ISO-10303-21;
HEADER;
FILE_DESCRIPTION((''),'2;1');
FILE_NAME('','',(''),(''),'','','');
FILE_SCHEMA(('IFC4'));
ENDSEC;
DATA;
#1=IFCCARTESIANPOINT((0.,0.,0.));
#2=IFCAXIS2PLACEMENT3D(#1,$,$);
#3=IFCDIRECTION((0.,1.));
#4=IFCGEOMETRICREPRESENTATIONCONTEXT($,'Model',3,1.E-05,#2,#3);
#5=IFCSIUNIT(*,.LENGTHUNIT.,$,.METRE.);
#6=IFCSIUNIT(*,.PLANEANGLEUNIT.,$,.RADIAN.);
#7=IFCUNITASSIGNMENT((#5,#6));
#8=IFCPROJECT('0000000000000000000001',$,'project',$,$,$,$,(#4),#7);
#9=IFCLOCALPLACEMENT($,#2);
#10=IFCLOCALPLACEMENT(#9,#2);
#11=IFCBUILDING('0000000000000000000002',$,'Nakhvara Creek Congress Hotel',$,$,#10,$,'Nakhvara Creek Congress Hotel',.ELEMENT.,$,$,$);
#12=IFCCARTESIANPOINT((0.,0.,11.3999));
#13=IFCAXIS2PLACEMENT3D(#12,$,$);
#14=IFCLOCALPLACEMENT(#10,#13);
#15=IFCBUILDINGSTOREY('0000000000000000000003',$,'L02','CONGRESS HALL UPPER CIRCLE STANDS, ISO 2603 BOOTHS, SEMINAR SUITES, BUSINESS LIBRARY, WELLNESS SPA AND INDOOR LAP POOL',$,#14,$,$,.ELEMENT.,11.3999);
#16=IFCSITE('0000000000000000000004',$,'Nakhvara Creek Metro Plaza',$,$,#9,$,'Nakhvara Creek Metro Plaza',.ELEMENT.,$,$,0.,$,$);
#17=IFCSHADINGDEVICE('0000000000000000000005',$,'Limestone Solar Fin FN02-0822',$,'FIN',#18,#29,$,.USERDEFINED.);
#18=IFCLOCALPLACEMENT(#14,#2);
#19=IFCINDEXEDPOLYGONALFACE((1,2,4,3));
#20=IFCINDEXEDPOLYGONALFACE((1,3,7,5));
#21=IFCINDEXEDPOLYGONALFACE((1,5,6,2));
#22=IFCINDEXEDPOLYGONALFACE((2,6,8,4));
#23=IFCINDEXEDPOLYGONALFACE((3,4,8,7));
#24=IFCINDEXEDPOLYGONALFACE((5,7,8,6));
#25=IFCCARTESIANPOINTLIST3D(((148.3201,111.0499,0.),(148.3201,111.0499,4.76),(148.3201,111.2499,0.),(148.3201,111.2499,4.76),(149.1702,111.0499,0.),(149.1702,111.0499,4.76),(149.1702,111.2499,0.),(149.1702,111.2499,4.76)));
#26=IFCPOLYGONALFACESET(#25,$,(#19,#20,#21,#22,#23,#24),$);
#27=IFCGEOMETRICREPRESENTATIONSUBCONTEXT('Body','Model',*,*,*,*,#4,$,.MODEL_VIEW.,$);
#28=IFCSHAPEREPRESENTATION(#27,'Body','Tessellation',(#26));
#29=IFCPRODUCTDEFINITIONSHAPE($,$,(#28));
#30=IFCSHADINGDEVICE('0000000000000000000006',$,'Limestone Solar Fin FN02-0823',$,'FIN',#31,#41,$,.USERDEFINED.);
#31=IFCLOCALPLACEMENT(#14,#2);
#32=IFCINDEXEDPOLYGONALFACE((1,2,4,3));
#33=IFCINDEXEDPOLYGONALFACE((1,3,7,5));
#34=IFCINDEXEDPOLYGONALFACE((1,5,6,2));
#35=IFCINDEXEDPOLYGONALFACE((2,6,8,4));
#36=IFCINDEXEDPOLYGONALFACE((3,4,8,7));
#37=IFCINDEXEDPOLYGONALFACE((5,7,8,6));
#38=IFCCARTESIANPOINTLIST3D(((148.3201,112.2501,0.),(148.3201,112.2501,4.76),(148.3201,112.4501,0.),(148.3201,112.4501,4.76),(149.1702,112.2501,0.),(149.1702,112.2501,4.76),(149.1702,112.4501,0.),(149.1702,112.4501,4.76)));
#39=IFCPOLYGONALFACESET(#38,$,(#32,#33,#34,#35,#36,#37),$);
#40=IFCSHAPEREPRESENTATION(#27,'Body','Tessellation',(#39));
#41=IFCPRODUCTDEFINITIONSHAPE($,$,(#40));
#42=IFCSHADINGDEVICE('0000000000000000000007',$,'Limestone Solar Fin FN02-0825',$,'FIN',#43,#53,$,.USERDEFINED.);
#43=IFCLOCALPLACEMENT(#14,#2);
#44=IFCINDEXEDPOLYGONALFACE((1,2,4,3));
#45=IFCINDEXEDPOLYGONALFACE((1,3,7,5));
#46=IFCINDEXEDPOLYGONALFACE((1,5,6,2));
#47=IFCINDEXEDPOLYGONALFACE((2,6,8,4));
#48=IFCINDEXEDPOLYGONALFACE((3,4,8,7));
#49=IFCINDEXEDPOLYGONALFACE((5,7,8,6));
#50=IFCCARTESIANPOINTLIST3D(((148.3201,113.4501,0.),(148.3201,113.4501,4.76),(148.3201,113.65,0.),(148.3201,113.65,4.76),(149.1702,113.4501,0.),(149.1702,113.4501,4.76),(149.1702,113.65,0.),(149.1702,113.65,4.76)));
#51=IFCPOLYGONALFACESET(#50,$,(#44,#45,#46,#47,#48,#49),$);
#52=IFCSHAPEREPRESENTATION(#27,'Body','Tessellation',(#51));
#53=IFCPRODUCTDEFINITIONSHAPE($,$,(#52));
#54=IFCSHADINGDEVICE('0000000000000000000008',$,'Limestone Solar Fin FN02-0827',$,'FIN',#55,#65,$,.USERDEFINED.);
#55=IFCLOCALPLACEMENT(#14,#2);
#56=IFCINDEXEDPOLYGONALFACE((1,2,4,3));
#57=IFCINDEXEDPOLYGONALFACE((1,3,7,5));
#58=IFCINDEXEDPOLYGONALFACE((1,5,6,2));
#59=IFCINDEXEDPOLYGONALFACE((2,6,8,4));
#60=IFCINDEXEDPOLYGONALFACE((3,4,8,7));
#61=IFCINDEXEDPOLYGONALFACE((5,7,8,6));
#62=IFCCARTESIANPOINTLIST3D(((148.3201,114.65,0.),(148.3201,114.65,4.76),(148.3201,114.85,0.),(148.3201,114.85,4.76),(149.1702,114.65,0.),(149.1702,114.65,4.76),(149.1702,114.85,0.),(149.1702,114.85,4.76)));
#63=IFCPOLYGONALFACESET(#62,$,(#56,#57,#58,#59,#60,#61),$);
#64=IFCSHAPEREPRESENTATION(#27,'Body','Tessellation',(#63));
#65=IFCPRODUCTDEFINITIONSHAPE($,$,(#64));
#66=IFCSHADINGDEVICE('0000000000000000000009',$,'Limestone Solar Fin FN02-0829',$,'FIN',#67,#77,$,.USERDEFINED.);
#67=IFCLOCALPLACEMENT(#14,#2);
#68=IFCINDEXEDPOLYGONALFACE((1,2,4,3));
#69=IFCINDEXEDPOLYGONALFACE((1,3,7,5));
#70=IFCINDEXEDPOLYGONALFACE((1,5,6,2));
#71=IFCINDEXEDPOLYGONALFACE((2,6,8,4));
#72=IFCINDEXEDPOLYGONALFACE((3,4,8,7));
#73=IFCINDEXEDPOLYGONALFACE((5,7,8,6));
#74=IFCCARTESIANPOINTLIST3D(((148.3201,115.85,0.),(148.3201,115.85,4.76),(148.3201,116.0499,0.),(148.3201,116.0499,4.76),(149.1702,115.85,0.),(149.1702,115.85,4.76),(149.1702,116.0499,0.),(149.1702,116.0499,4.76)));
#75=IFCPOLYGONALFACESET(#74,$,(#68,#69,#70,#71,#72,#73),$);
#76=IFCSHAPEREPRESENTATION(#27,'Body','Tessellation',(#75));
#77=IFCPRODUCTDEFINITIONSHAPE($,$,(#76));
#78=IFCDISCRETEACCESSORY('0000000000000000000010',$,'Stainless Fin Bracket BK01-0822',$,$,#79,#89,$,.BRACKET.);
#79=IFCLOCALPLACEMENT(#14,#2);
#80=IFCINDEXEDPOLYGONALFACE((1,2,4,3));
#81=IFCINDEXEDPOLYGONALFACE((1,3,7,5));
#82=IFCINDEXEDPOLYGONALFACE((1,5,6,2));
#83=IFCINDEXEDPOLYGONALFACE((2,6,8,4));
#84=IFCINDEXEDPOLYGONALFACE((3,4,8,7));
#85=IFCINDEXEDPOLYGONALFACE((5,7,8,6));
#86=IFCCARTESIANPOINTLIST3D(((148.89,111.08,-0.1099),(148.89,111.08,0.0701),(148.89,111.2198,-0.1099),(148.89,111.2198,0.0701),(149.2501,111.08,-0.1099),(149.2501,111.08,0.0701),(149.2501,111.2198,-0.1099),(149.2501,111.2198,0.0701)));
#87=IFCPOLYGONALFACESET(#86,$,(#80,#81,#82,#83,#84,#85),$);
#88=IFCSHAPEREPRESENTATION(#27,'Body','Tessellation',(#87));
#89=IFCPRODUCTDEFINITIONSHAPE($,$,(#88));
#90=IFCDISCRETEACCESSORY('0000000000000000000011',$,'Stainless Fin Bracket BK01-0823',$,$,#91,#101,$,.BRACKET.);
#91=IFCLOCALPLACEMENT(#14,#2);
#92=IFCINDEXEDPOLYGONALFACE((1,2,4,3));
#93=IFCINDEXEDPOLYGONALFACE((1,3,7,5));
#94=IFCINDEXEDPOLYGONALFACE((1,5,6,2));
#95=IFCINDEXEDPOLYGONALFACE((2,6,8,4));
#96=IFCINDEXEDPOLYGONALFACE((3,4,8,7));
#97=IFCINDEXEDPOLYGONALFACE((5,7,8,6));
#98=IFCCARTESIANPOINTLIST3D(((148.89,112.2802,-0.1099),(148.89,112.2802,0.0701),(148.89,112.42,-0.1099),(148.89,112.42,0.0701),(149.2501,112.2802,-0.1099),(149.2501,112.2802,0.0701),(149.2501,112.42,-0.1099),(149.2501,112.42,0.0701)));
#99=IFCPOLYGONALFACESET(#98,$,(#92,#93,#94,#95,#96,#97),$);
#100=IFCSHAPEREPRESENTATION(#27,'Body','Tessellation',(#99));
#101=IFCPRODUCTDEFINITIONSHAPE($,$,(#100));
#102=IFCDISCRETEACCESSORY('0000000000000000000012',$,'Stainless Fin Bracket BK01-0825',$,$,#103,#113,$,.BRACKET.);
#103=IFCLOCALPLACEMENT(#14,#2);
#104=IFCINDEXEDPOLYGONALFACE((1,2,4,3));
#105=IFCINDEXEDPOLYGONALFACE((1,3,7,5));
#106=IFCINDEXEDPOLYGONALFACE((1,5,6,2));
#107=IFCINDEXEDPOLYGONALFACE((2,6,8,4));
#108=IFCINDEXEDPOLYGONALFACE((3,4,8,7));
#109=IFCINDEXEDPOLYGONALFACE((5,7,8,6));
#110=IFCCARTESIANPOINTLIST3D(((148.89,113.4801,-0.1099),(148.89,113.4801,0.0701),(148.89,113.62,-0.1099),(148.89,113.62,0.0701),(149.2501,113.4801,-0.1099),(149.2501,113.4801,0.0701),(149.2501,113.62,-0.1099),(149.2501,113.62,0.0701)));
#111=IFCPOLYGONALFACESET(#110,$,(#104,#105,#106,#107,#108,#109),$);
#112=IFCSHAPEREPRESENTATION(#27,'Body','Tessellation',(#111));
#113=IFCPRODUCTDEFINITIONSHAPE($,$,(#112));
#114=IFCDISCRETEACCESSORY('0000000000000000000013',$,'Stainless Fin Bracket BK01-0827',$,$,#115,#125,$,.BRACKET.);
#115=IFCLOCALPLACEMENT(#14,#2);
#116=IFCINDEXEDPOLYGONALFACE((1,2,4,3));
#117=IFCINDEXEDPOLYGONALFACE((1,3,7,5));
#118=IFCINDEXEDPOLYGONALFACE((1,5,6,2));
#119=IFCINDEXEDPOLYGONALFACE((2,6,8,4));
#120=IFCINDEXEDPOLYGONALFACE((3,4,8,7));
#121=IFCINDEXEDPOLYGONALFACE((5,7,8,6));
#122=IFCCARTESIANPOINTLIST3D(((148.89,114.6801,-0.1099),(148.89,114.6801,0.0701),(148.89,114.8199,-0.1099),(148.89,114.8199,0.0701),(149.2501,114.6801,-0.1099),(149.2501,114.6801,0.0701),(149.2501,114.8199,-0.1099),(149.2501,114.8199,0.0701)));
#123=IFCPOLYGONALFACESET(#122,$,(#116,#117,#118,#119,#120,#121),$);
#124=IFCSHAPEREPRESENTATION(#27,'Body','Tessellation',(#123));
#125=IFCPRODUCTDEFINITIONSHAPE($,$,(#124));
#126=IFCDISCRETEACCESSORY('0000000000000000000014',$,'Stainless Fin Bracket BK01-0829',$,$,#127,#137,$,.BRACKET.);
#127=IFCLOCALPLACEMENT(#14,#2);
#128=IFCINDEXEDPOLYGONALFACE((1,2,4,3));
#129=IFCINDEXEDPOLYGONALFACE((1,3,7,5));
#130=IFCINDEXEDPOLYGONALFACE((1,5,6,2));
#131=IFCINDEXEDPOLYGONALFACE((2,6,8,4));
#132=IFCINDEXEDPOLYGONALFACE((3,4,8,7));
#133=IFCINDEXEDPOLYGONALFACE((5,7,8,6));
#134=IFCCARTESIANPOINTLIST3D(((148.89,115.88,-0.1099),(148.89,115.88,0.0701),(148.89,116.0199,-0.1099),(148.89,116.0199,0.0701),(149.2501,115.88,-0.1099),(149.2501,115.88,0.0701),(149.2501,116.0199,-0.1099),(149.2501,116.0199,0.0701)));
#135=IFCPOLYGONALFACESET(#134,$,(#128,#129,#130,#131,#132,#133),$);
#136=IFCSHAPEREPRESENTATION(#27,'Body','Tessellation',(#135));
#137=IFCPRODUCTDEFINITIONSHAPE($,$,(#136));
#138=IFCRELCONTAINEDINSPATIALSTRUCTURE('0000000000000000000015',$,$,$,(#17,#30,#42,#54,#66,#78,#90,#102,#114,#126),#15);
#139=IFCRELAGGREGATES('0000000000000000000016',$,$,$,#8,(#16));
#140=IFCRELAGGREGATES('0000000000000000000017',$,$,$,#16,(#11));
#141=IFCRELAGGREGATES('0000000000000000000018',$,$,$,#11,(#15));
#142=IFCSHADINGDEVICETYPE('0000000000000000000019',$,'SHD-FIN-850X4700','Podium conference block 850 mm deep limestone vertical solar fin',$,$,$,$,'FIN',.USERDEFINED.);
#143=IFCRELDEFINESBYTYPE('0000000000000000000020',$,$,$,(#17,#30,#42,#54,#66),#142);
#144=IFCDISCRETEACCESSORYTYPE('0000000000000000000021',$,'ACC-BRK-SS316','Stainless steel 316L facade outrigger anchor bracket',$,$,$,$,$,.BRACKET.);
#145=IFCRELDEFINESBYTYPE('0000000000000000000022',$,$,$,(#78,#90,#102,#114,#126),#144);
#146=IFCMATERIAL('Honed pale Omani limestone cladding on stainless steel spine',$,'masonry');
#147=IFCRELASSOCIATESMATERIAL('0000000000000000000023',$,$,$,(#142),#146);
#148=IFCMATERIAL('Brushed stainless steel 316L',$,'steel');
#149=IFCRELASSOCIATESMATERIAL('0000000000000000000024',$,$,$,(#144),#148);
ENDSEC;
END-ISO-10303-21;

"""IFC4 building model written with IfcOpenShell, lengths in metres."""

from ifc_helpers import new_model, si_unit, direction, frame, origin, origin_2d, place, context, subcontext, project, spatial, rectangle, extrude, material, type_object, element, save


model = new_model("IFC4")

# Units and contexts
model_context = context("Model", 3, precision=1e-05, world=origin(), true_north=direction((0.0, 1.0)))
body_context = subcontext(model_context, "Body", "Model", "MODEL_VIEW")
ifc_project = project(units=[si_unit("LENGTHUNIT", "METRE"), si_unit("PLANEANGLEUNIT", "RADIAN")], contexts=[model_context])

# Site, building, storey
site_placement = place(None, origin())
site = spatial("IfcSite", under=ifc_project, at=site_placement, Name="Nakhvara Creek Metro Plaza", LongName="Nakhvara Creek Metro Plaza", CompositionType="ELEMENT", RefElevation=0.0)
building_placement = place(site_placement, origin())
building = spatial("IfcBuilding", under=site, at=building_placement, Name="Nakhvara Creek Congress Hotel", LongName="Nakhvara Creek Congress Hotel", CompositionType="ELEMENT")
storey_placement = place(building_placement, frame((0.0, 0.0, 11.3999)))
storey = spatial("IfcBuildingStorey", under=building, at=storey_placement, Name="L02", Description="CONGRESS HALL UPPER CIRCLE STANDS, ISO 2603 BOOTHS, SEMINAR SUITES, BUSINESS LIBRARY, WELLNESS SPA AND INDOOR LAP POOL", CompositionType="ELEMENT", Elevation=11.3999)

# Shading devices
ifc_material_1 = material(Name="Honed pale Omani limestone cladding on stainless steel spine", Category="masonry")
shading_device_type = type_object("IfcShadingDeviceType", Name="SHD-FIN-850X4700", Description="Podium conference block 850 mm deep limestone vertical solar fin", ElementType="FIN", PredefinedType="USERDEFINED", material=ifc_material_1)
for number, where, z_axis, x_axis, name in (
    (1, (148.7451, 111.1499, 0.0), (0.0, 0.0, 1.0), (0.0, 1.0, 0.0), "Limestone Solar Fin FN02-0822"),
    (2, (148.7451, 112.3501, 0.0), (0.0, 0.0, 1.0), (0.0, 1.0, 0.0), "Limestone Solar Fin FN02-0823"),
    (3, (148.7451, 113.55, 0.0), (0.0, 0.0, 1.0), (0.0, 1.0, 0.0), "Limestone Solar Fin FN02-0825"),
    (4, (148.7451, 114.75, 0.0), (0.0, 0.0, 1.0), (0.0, 1.0, 0.0), "Limestone Solar Fin FN02-0827"),
    (5, (148.7451, 115.95, 0.0), (0.0, 0.0, 1.0), (0.0, 1.0, 0.0), "Limestone Solar Fin FN02-0829"),
):
    element("IfcShadingDevice", number, at=place(storey_placement, frame(where, z_axis=z_axis, x_axis=x_axis)), inside=storey, type_object=shading_device_type, Name=name, ObjectType="FIN", PredefinedType="USERDEFINED", context=body_context, shape_type="SweptSolid", body=[
        extrude(rectangle(XDim=0.2, YDim=0.8501, at=origin_2d()), origin(), (0.0, 0.0, 1.0), 4.76),
    ])

# Discrete accessories
ifc_material_2 = material(Name="Brushed stainless steel 316L", Category="steel")
discrete_accessory_type = type_object("IfcDiscreteAccessoryType", Name="ACC-BRK-SS316", Description="Stainless steel 316L facade outrigger anchor bracket", PredefinedType="BRACKET", material=ifc_material_2)
for number, where, z_axis, x_axis, name in (
    (6, (149.0701, 111.1499, -0.1099), (0.0, 0.0, 1.0), (0.0, 1.0, 0.0), "Stainless Fin Bracket BK01-0822"),
    (7, (149.0701, 112.3501, -0.1099), (0.0, 0.0, 1.0), (0.0, 1.0, 0.0), "Stainless Fin Bracket BK01-0823"),
    (8, (149.0701, 113.55, -0.1099), (0.0, 0.0, 1.0), (0.0, 1.0, 0.0), "Stainless Fin Bracket BK01-0825"),
    (9, (149.0701, 114.75, -0.1099), (0.0, 0.0, 1.0), (0.0, 1.0, 0.0), "Stainless Fin Bracket BK01-0827"),
    (10, (149.0701, 115.95, -0.1099), (0.0, 0.0, 1.0), (0.0, 1.0, 0.0), "Stainless Fin Bracket BK01-0829"),
):
    element("IfcDiscreteAccessory", number, at=place(storey_placement, frame(where, z_axis=z_axis, x_axis=x_axis)), inside=storey, type_object=discrete_accessory_type, Name=name, PredefinedType="BRACKET", context=body_context, shape_type="SweptSolid", body=[
        extrude(rectangle(XDim=0.1399, YDim=0.3601, at=origin_2d()), origin(), (0.0, 0.0, 1.0), 0.1799),
    ])

save(model, "model.ifc")
